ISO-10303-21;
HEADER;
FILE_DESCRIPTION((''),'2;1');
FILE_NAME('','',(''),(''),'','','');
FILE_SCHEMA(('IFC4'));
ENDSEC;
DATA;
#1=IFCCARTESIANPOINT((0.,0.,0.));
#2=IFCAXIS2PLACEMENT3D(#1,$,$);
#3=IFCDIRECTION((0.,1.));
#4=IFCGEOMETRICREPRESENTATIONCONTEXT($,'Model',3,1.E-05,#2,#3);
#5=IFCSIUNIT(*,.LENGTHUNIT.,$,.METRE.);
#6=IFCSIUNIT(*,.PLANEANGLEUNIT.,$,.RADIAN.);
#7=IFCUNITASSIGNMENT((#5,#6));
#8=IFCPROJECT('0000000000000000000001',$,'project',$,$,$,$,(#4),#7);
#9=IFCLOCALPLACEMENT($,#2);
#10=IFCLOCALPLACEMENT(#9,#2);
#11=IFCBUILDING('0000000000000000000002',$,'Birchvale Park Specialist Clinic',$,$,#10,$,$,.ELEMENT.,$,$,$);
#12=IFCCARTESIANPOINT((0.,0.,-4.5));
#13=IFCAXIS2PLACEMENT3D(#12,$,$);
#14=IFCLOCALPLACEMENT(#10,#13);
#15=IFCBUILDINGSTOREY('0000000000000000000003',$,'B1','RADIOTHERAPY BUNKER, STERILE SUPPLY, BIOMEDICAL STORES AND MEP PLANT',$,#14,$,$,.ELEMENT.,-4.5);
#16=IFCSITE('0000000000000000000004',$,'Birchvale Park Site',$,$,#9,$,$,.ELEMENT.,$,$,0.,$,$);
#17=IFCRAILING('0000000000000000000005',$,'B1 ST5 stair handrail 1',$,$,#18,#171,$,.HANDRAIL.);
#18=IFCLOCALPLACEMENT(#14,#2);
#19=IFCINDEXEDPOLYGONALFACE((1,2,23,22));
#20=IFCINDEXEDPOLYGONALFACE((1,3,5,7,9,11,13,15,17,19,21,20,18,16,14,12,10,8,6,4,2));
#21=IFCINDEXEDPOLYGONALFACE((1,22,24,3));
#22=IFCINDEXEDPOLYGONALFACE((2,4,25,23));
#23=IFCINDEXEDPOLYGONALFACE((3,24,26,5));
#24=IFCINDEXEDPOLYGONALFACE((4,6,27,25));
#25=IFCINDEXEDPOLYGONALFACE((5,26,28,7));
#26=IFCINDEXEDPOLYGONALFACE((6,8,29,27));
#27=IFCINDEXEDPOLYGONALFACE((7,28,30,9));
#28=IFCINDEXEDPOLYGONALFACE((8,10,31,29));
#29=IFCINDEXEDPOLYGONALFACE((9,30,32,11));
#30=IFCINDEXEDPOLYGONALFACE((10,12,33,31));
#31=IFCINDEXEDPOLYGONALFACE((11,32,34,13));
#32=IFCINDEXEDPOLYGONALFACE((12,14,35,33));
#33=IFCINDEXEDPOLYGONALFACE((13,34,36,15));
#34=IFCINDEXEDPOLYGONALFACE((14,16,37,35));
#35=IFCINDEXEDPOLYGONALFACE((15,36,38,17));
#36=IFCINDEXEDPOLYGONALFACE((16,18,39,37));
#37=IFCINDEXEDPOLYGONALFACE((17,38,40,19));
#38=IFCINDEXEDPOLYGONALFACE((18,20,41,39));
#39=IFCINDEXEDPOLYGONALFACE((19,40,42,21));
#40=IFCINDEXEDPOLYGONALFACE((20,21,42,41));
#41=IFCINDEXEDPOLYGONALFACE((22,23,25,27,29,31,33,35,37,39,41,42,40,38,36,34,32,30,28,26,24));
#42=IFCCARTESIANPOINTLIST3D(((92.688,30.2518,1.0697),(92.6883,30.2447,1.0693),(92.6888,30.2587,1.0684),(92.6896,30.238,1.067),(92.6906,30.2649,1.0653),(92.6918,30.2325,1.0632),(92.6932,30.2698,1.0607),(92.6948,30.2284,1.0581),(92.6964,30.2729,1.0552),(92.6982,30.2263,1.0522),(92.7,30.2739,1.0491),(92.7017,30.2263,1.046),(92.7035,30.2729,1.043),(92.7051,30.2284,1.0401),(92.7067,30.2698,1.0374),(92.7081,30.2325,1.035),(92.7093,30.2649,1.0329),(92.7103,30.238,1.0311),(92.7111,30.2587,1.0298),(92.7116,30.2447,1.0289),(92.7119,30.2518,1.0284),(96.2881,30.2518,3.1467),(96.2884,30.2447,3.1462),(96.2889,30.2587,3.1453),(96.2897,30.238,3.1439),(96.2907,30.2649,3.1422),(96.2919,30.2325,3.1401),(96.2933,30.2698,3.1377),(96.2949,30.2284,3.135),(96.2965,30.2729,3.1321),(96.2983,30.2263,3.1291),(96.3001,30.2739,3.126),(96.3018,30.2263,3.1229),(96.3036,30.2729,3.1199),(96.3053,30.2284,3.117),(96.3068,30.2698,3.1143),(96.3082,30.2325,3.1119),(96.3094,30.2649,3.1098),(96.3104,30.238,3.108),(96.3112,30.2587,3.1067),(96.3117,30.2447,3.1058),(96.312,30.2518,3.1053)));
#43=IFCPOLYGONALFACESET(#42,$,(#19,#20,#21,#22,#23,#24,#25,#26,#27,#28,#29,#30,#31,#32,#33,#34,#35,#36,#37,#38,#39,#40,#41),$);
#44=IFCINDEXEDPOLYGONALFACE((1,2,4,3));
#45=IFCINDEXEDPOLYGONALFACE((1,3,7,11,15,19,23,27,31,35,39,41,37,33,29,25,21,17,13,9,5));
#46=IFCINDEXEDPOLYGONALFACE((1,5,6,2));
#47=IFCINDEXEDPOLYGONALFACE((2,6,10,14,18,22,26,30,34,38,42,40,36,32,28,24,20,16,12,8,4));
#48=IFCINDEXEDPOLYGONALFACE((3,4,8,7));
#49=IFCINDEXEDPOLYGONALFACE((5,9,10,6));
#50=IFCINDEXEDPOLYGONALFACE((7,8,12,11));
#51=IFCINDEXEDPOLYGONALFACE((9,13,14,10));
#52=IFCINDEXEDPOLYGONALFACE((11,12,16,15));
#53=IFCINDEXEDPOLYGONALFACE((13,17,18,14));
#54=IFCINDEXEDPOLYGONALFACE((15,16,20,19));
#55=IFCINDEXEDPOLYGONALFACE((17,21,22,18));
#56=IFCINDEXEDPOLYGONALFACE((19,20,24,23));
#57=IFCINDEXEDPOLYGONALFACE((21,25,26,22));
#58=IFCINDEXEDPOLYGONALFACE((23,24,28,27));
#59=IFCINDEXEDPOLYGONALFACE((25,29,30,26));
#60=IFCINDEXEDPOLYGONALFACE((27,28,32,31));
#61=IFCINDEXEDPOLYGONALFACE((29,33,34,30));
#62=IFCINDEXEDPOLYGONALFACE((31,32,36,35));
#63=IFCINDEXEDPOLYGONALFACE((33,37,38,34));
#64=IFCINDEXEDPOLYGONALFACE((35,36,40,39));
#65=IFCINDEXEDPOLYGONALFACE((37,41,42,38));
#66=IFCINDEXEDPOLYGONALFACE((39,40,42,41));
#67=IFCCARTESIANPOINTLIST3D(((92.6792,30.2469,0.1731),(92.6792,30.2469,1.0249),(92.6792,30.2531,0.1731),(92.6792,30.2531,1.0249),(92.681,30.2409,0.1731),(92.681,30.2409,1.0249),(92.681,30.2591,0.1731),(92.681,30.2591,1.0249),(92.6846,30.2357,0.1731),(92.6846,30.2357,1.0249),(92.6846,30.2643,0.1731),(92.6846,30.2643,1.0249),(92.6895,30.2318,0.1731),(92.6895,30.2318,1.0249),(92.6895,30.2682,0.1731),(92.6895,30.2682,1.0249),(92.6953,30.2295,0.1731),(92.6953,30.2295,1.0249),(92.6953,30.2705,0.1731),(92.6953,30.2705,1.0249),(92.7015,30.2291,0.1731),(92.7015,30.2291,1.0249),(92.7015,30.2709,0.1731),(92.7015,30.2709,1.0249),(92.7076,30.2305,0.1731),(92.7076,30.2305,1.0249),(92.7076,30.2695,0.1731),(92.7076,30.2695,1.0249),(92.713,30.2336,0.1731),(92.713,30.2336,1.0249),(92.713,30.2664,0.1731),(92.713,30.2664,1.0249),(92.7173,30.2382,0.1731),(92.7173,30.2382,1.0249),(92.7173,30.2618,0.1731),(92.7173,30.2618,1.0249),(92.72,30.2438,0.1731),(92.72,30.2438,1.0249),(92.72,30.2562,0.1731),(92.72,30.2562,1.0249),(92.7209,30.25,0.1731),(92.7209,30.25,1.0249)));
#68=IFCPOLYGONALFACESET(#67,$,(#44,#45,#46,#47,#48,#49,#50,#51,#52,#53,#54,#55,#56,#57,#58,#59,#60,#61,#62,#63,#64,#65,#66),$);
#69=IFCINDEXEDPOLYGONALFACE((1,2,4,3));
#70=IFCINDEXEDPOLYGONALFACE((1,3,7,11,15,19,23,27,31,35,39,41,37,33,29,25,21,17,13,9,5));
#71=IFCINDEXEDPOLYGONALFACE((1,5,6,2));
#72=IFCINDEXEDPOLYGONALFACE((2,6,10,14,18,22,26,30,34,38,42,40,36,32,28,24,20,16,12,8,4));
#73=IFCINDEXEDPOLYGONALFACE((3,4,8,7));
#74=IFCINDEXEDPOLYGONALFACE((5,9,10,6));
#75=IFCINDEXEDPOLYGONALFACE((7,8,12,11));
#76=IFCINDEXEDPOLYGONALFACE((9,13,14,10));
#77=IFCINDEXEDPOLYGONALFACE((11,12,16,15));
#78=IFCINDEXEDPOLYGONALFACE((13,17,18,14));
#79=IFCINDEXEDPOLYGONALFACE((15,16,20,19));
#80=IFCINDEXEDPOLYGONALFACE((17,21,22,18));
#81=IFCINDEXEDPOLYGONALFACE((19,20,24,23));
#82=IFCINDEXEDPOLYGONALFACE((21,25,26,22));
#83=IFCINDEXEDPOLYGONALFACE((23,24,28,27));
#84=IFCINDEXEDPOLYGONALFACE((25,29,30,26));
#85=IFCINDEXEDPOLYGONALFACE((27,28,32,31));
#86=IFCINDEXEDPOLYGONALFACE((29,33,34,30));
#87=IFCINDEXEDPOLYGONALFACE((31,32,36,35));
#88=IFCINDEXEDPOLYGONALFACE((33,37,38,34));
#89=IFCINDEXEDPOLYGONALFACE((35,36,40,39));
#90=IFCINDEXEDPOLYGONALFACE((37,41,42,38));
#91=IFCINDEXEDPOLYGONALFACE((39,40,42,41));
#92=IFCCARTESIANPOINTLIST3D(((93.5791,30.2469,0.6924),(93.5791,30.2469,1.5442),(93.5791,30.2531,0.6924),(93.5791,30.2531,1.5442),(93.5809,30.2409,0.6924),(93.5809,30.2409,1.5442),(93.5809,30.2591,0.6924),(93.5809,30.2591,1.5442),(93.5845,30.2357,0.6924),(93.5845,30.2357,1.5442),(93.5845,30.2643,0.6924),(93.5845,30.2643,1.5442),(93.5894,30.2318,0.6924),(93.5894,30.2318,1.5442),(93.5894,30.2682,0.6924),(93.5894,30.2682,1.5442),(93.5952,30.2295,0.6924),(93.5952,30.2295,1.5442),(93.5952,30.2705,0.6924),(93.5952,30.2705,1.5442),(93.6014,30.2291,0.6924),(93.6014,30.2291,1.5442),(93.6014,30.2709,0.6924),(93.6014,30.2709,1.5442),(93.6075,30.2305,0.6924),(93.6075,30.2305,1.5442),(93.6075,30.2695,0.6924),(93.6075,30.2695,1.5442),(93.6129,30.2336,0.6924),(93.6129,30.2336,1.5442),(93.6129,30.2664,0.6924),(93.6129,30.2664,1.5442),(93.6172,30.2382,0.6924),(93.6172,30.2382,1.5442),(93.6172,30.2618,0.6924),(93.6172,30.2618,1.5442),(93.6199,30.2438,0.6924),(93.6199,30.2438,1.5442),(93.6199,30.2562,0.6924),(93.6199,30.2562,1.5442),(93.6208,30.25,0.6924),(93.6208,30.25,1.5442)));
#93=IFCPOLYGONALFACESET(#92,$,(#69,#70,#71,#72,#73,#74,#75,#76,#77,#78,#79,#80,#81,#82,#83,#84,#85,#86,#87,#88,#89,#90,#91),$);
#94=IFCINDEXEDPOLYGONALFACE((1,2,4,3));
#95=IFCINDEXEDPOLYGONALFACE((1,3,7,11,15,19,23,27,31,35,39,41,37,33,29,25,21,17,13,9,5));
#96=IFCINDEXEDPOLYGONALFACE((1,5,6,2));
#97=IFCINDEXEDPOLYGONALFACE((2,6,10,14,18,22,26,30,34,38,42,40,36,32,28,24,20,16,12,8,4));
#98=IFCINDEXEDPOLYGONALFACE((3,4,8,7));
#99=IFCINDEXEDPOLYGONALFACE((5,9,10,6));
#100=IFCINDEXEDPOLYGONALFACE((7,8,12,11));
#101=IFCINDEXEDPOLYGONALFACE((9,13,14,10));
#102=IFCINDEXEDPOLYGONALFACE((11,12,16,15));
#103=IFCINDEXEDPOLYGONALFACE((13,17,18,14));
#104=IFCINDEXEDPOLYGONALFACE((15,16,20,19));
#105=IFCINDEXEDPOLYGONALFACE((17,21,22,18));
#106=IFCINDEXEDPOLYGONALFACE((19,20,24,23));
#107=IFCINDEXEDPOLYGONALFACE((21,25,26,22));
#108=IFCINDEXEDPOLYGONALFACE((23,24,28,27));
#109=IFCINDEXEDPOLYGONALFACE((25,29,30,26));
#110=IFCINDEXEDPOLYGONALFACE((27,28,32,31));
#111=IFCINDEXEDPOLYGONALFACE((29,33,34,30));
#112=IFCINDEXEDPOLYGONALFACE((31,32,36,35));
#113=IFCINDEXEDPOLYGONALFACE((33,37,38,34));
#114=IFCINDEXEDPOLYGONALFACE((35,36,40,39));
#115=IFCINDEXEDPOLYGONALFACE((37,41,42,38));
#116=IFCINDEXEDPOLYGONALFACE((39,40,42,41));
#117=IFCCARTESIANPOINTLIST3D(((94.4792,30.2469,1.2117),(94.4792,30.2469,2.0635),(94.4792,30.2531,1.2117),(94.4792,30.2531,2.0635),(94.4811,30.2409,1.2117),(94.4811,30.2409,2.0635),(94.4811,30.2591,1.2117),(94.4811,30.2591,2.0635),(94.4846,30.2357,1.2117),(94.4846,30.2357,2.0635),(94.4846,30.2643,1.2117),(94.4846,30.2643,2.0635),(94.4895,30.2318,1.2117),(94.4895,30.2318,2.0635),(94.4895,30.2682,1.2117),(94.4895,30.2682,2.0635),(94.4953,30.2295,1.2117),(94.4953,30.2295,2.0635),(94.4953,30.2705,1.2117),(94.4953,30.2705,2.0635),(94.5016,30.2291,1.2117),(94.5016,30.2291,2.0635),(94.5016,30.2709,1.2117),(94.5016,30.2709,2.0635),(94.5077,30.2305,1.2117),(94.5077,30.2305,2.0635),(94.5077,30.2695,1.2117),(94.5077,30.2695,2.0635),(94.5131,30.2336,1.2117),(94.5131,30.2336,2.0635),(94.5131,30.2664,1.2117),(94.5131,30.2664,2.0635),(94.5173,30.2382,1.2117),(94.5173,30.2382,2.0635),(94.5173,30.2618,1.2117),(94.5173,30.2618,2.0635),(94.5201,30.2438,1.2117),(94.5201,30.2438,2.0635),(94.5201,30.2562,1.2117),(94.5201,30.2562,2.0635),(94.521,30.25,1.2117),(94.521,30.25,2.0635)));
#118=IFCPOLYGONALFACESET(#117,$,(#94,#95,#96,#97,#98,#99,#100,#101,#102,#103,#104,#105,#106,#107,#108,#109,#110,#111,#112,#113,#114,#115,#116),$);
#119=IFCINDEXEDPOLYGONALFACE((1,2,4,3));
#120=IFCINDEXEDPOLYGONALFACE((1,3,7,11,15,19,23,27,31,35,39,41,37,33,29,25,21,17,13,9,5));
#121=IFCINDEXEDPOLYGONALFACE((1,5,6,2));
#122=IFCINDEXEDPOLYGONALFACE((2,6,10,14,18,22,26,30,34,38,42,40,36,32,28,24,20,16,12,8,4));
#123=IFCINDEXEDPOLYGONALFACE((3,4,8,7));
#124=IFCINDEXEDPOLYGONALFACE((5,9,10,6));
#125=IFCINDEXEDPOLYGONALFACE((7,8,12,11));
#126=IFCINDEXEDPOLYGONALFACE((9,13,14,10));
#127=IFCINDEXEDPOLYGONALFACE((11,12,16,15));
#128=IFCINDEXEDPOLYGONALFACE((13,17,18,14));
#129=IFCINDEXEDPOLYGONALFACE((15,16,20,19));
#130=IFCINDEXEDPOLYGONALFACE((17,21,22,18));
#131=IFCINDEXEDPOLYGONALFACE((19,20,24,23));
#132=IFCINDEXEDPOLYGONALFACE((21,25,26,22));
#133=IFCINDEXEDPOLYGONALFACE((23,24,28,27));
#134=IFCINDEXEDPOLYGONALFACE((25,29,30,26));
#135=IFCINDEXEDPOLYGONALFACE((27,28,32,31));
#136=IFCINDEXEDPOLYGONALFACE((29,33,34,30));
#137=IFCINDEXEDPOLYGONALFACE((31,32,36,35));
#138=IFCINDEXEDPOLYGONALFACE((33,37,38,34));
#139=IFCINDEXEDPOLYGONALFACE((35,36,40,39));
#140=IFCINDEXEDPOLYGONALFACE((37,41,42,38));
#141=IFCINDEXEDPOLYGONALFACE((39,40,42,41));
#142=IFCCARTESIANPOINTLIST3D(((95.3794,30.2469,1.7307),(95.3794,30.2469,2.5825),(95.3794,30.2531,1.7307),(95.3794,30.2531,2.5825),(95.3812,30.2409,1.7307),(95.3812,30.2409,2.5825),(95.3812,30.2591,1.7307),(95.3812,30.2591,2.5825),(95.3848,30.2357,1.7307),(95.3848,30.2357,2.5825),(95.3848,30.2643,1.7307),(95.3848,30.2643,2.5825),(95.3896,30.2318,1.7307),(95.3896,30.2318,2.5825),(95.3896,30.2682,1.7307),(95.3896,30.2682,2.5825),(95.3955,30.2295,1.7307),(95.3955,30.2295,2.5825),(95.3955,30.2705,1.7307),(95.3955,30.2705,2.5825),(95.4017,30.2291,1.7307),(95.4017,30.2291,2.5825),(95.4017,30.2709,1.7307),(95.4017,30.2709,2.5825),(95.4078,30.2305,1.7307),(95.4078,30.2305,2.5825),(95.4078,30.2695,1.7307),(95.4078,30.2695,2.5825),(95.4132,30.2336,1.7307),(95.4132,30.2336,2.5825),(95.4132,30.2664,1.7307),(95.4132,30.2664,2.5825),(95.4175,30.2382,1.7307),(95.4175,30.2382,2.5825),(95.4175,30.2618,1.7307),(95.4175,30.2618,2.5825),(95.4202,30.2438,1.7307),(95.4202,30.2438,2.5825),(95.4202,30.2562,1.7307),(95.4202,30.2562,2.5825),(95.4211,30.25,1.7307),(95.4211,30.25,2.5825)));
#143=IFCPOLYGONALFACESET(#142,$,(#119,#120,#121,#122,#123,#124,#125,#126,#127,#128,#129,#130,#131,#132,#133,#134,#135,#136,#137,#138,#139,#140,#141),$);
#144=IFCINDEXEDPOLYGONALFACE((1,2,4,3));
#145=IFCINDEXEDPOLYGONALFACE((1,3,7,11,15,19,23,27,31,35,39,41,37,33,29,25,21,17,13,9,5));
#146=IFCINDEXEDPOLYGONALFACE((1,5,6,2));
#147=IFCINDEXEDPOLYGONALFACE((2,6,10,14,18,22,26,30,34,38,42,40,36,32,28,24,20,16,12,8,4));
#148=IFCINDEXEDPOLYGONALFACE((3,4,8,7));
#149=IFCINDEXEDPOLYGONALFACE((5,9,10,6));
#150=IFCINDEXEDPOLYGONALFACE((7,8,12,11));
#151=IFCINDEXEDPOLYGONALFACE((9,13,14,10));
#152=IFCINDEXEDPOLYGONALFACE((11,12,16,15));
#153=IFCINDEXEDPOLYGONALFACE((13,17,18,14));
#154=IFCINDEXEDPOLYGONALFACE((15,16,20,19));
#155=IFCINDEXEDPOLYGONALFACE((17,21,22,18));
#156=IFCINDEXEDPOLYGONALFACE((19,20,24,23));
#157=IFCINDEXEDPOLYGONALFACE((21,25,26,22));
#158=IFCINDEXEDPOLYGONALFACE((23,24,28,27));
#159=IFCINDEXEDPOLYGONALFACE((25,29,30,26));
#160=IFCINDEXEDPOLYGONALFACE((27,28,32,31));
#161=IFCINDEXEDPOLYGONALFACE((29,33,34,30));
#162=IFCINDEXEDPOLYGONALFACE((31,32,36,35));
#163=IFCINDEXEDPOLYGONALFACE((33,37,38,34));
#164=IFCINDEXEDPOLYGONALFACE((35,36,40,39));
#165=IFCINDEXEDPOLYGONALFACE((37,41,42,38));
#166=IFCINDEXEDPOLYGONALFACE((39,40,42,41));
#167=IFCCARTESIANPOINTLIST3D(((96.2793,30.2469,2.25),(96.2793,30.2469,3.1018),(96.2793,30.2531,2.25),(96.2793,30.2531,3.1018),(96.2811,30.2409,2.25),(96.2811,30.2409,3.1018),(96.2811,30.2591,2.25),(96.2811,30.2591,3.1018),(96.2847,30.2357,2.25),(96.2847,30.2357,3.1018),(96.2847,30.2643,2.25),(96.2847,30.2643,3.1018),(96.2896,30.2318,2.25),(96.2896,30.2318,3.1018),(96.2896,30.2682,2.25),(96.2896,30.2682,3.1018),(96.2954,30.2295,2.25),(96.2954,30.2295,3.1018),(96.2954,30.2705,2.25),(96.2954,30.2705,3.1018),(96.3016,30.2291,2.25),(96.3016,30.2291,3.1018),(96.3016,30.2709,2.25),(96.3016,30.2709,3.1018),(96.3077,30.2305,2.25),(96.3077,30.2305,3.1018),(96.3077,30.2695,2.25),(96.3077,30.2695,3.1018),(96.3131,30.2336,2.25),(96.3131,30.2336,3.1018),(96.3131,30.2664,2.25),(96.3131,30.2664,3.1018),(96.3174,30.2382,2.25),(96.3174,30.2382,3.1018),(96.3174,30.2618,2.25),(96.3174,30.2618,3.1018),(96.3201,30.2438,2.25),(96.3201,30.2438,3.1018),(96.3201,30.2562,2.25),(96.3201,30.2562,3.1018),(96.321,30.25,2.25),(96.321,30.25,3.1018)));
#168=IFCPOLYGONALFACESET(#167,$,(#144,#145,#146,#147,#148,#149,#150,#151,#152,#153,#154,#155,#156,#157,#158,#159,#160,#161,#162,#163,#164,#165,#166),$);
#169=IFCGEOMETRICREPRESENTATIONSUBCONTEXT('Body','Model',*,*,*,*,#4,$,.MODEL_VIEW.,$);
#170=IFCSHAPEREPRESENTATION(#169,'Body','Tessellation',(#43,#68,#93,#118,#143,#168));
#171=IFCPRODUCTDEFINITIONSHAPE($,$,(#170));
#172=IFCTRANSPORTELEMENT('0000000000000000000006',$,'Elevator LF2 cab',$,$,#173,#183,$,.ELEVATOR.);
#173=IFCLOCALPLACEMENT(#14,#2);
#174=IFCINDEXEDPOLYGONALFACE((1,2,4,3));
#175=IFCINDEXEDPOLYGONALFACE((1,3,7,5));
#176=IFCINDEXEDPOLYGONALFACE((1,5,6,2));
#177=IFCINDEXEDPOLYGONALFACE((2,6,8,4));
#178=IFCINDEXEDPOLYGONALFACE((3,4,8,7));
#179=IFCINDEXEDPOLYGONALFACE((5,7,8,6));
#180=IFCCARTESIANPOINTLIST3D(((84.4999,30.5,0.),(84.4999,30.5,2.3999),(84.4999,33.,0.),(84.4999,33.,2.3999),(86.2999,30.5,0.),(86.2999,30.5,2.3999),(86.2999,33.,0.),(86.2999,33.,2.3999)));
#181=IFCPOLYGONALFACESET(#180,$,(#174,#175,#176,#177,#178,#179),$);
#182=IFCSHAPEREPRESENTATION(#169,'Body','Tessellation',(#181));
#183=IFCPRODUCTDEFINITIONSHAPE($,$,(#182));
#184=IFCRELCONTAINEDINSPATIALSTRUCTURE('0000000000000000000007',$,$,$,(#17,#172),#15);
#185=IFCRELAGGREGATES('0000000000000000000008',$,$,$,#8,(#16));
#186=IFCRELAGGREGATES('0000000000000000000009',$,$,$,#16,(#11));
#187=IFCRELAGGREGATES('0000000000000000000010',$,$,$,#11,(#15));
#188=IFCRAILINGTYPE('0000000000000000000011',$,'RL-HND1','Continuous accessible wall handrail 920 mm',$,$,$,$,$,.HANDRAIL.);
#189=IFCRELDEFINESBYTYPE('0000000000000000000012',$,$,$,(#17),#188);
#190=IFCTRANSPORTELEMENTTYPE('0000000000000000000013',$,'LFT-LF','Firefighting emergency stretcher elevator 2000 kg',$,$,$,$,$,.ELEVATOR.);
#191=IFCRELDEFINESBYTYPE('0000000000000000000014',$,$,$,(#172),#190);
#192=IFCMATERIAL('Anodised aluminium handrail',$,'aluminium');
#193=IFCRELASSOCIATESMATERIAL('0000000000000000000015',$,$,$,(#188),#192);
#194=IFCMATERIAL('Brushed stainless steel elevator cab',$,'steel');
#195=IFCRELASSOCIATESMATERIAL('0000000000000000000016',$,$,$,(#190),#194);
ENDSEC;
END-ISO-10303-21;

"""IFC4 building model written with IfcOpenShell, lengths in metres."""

from ifc_helpers import new_model, si_unit, direction, frame, origin, origin_2d, place, context, subcontext, project, spatial, rectangle, circle, extrude, material, type_object, element, save


model = new_model("IFC4")

# Units and contexts
model_context = context("Model", 3, precision=1e-05, world=origin(), true_north=direction((0.0, 1.0)))
body_context = subcontext(model_context, "Body", "Model", "MODEL_VIEW")
ifc_project = project(units=[si_unit("LENGTHUNIT", "METRE"), si_unit("PLANEANGLEUNIT", "RADIAN")], contexts=[model_context])

# Site, building, storey
site_placement = place(None, origin())
site = spatial("IfcSite", under=ifc_project, at=site_placement, Name="Birchvale Park Site", CompositionType="ELEMENT", RefElevation=0.0)
building_placement = place(site_placement, origin())
building = spatial("IfcBuilding", under=site, at=building_placement, Name="Birchvale Park Specialist Clinic", CompositionType="ELEMENT")
storey_placement = place(building_placement, frame((0.0, 0.0, -4.5)))
storey = spatial("IfcBuildingStorey", under=building, at=storey_placement, Name="B1", Description="RADIOTHERAPY BUNKER, STERILE SUPPLY, BIOMEDICAL STORES AND MEP PLANT", CompositionType="ELEMENT", Elevation=-4.5)

# Railing
ifc_material_1 = material(Name="Anodised aluminium handrail", Category="aluminium")
railing_type_1 = type_object("IfcRailingType", Name="RL-HND1", Description="Continuous accessible wall handrail 920 mm", PredefinedType="HANDRAIL", material=ifc_material_1)
railing_1_placement = place(storey_placement, frame((92.7, 30.25, 0.1731)))
element("IfcRailing", 1, at=railing_1_placement, inside=storey, type_object=railing_type_1, Name="B1 ST5 stair handrail 1", PredefinedType="HANDRAIL", context=body_context, shape_type="SweptSolid", body=[
    extrude(circle(Radius=0.0239, at=origin_2d()), frame((0.0, 0.0, 0.876), z_axis=(0.866193, 0.0, 0.499709), x_axis=(0.0, 1.0, 0.0)), (0.0, 0.0, 1.0), 4.1562),
    extrude(circle(Radius=0.021, at=origin_2d()), origin(), (0.0, 0.0, 1.0), 0.8518),
    extrude(circle(Radius=0.021, at=origin_2d()), frame((0.8999, 0.0, 0.5193)), (0.0, 0.0, 1.0), 0.8518),
    extrude(circle(Radius=0.021, at=origin_2d()), frame((1.8, 0.0, 1.0386)), (0.0, 0.0, 1.0), 0.8518),
    extrude(circle(Radius=0.021, at=origin_2d()), frame((2.7002, 0.0, 1.5576)), (0.0, 0.0, 1.0), 0.8518),
    extrude(circle(Radius=0.021, at=origin_2d()), frame((3.6001, 0.0, 2.0769)), (0.0, 0.0, 1.0), 0.8518),
])

# Transport element
ifc_material_2 = material(Name="Brushed stainless steel elevator cab", Category="steel")
transport_element_type = type_object("IfcTransportElementType", Name="LFT-LF", Description="Firefighting emergency stretcher elevator 2000 kg", PredefinedType="ELEVATOR", material=ifc_material_2)
transport_element_placement = place(storey_placement, frame((85.3999, 31.75, 0.0), z_axis=(0.0, 0.0, 1.0), x_axis=(1.0, 0.0, 0.0)))
element("IfcTransportElement", 2, at=transport_element_placement, inside=storey, type_object=transport_element_type, Name="Elevator LF2 cab", PredefinedType="ELEVATOR", context=body_context, shape_type="SweptSolid", body=[
    extrude(rectangle(XDim=1.8, YDim=2.5, at=origin_2d()), origin(), (0.0, 0.0, 1.0), 2.3999),
])

save(model, "model.ifc")
